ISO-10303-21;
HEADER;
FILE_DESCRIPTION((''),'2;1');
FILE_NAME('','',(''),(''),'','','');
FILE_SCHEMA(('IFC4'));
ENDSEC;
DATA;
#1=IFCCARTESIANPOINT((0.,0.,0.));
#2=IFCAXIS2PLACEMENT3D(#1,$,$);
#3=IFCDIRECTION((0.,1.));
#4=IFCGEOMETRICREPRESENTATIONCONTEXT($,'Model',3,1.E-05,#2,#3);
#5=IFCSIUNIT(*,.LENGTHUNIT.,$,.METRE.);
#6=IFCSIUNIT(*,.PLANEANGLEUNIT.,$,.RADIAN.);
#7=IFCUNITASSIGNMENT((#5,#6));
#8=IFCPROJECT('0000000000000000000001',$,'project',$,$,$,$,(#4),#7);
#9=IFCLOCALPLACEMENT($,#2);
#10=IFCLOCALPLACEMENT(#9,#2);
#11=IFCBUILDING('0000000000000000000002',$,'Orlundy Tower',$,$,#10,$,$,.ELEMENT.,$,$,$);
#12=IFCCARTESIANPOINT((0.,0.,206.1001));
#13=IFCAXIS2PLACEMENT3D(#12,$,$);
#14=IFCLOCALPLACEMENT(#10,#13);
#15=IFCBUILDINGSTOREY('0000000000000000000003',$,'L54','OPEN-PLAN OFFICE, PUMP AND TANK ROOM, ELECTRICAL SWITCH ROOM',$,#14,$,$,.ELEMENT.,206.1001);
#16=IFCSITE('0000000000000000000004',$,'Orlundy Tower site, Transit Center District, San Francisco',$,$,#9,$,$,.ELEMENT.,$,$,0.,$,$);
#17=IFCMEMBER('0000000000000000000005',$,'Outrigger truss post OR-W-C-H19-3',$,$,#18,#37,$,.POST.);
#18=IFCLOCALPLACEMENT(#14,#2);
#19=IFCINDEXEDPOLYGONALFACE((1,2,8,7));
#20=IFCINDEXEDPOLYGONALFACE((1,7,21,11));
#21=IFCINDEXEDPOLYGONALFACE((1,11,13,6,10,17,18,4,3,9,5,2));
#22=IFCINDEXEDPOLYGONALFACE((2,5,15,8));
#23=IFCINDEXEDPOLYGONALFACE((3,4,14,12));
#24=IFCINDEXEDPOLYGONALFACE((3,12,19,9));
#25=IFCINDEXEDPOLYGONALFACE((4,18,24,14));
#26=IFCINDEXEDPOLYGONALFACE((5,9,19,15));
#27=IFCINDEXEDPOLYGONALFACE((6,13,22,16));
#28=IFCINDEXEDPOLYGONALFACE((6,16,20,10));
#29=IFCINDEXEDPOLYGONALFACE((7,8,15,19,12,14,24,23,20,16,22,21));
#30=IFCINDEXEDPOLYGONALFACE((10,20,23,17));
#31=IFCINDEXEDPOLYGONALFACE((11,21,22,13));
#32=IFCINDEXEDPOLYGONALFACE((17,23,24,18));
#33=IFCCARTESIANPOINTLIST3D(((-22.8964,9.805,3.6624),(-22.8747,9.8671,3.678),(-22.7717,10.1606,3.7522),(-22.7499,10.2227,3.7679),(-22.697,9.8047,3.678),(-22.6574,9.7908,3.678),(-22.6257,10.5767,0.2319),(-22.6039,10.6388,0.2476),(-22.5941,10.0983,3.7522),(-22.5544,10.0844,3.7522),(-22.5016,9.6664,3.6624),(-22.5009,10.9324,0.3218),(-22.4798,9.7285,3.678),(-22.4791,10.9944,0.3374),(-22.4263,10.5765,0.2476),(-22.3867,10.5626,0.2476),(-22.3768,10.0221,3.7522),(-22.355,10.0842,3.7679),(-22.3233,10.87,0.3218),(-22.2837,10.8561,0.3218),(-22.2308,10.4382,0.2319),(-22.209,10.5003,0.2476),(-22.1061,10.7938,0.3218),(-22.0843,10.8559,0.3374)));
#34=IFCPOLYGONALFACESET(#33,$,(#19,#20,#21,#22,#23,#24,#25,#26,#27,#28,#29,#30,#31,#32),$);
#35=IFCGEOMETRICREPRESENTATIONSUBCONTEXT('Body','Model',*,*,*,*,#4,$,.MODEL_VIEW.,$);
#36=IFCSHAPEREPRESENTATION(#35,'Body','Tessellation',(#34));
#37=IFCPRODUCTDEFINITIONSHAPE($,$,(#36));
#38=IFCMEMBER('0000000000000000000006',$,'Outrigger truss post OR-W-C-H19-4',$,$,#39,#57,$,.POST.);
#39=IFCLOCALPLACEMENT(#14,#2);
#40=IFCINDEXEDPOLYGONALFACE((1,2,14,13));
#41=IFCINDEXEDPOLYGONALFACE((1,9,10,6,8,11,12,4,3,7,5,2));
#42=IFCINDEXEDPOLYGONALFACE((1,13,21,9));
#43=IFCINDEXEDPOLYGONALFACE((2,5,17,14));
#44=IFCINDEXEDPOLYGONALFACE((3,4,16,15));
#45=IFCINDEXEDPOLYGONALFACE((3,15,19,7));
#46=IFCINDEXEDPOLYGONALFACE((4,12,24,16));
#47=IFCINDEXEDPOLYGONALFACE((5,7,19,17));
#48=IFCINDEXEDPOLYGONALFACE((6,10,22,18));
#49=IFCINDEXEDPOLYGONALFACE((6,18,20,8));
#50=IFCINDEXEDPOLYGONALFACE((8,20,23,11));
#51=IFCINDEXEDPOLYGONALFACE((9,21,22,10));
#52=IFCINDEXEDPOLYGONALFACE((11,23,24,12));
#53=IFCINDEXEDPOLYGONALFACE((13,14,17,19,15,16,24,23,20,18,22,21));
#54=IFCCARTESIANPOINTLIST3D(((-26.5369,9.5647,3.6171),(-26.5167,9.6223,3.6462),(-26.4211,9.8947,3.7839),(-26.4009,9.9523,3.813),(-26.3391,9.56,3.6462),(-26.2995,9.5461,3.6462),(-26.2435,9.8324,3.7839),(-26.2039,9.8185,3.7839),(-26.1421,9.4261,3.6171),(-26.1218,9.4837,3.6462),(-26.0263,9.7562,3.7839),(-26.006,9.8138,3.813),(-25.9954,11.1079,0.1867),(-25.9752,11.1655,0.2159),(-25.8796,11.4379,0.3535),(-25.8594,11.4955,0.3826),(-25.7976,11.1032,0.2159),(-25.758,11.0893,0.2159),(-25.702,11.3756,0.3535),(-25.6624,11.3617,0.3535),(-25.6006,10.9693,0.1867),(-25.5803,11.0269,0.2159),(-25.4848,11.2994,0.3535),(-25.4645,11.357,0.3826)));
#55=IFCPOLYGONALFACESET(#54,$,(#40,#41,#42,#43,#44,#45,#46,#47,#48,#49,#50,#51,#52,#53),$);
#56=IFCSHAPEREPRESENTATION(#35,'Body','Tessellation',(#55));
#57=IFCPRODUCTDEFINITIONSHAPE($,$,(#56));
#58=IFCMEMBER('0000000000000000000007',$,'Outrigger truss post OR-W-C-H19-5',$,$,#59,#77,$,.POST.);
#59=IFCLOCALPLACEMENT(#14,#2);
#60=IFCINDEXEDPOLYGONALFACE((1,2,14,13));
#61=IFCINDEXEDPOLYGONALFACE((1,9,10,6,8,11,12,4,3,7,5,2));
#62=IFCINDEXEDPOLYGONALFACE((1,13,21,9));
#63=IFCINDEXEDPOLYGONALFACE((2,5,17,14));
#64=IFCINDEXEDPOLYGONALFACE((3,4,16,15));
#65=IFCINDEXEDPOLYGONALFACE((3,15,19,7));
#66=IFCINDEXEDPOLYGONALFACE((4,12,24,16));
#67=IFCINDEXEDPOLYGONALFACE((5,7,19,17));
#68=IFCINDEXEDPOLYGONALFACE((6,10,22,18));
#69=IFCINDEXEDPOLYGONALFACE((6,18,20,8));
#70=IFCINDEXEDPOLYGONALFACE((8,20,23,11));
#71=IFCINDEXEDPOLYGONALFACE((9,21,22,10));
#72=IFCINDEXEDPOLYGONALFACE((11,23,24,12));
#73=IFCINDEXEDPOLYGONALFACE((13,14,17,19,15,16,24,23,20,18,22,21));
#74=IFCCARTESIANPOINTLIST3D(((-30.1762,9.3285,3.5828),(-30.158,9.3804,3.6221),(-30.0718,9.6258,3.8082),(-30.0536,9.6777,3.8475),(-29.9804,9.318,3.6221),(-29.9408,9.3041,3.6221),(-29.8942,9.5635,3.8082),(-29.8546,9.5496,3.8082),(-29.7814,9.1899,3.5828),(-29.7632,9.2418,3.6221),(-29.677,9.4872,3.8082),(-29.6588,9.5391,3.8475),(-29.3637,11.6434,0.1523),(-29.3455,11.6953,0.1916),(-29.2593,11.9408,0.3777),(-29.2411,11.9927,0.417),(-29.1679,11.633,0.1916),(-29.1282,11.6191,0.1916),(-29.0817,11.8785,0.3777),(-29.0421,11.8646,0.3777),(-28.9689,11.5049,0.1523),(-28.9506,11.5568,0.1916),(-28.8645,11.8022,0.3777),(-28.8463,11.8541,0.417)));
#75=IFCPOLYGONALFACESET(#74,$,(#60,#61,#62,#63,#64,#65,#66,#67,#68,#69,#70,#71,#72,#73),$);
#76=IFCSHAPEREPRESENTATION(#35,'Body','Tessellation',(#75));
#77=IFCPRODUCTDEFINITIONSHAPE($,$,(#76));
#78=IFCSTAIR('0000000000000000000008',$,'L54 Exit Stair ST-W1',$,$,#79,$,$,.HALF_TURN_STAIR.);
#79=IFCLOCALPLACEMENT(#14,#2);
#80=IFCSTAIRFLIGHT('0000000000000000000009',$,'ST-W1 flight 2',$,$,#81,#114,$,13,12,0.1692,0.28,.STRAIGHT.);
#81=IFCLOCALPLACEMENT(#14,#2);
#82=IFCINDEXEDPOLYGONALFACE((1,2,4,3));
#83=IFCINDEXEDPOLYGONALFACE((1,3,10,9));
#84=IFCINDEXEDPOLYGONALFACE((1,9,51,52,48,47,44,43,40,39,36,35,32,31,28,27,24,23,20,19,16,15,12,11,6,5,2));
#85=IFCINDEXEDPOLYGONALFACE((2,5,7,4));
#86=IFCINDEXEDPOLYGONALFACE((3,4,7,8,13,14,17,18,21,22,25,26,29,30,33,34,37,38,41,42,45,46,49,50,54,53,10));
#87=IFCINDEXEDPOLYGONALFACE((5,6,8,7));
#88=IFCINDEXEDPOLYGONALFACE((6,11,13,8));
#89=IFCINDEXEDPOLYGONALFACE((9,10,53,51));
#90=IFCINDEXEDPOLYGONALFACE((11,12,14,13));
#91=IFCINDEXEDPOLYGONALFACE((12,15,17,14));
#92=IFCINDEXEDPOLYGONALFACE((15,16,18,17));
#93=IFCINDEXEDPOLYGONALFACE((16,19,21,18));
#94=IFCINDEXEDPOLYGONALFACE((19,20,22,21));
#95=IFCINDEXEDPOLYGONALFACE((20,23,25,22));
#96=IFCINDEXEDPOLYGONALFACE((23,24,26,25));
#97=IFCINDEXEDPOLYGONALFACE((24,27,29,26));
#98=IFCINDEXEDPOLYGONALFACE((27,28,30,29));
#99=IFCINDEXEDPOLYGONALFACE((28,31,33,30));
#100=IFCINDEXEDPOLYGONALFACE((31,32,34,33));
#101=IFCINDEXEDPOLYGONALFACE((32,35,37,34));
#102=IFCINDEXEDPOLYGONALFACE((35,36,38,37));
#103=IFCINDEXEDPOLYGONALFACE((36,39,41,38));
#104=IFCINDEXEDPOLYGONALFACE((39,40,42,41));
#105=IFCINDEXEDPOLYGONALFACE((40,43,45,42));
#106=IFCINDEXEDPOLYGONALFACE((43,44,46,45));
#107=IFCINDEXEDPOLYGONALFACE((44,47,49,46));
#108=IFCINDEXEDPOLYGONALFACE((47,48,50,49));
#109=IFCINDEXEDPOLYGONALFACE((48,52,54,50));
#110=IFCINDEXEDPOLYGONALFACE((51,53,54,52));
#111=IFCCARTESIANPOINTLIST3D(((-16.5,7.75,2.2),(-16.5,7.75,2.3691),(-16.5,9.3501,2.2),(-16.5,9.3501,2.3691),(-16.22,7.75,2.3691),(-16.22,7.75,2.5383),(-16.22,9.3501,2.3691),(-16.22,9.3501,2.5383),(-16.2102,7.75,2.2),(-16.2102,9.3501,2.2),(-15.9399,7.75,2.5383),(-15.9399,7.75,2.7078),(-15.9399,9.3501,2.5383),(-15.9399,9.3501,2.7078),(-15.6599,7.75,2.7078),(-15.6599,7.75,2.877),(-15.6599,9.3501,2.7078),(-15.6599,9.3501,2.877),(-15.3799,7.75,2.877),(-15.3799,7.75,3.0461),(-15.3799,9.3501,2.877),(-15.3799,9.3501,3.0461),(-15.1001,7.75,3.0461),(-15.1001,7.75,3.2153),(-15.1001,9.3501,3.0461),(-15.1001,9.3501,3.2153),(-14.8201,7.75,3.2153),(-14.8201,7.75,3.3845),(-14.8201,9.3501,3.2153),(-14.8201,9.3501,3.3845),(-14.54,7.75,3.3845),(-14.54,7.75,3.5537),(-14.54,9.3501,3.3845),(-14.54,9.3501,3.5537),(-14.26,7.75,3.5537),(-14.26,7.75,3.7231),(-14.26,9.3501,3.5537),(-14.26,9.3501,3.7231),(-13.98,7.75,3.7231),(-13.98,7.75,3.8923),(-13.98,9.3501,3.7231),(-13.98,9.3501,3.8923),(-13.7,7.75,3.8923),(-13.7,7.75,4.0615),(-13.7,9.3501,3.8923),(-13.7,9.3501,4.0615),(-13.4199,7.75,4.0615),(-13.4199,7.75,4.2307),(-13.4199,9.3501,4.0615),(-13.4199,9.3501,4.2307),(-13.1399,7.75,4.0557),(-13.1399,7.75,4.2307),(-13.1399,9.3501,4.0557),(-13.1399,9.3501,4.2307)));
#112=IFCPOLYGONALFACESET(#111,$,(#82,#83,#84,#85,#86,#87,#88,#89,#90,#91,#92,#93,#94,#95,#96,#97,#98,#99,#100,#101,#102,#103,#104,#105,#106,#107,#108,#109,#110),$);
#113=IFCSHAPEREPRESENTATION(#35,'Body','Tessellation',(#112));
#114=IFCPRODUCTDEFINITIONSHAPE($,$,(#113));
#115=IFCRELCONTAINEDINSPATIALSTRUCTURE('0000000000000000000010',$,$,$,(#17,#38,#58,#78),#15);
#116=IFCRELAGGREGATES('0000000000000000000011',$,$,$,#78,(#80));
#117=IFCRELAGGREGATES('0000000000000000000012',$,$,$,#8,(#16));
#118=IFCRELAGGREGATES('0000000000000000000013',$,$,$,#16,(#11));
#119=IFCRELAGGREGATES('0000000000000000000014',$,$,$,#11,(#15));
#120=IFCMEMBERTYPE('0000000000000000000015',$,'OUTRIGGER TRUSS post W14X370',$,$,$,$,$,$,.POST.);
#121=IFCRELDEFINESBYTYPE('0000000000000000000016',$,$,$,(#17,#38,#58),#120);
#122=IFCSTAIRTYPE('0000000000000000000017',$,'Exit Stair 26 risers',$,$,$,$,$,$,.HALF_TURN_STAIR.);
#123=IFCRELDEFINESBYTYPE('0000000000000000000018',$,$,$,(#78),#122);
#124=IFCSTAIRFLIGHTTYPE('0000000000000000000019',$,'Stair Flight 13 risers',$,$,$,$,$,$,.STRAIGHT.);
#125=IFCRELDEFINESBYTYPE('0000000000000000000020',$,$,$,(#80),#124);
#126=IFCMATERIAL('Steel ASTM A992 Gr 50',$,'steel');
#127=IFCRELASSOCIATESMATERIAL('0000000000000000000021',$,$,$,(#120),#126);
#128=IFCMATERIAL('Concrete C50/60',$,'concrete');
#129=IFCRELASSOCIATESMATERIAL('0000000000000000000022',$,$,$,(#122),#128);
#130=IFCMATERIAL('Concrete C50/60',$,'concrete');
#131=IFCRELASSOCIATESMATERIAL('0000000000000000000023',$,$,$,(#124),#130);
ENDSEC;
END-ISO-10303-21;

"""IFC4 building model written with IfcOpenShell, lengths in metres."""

from ifc_helpers import new_model, si_unit, direction, frame, origin, origin_2d, place, context, subcontext, project, spatial, polyline, i_section, outline, extrude, material, material_profile, profile_set, type_object, element, aggregate, save


model = new_model("IFC4")

# Units and contexts
model_context = context("Model", 3, precision=1e-05, world=origin(), true_north=direction((0.0, 1.0)))
body_context = subcontext(model_context, "Body", "Model", "MODEL_VIEW")
ifc_project = project(units=[si_unit("LENGTHUNIT", "METRE"), si_unit("PLANEANGLEUNIT", "RADIAN")], contexts=[model_context])

# Site, building, storey
site_placement = place(None, origin())
site = spatial("IfcSite", under=ifc_project, at=site_placement, Name="Orlundy Tower site, Transit Center District, San Francisco", CompositionType="ELEMENT", RefElevation=0.0)
building_placement = place(site_placement, origin())
building = spatial("IfcBuilding", under=site, at=building_placement, Name="Orlundy Tower", CompositionType="ELEMENT")
storey_placement = place(building_placement, frame((0.0, 0.0, 206.1001)))
storey = spatial("IfcBuildingStorey", under=building, at=storey_placement, Name="L54", Description="OPEN-PLAN OFFICE, PUMP AND TANK ROOM, ELECTRICAL SWITCH ROOM", CompositionType="ELEMENT", Elevation=206.1001)

# Members
ifc_material_1 = material(Name="Steel ASTM A992 Gr 50", Category="steel")
ifc_material_profile_1 = material_profile(ifc_material_1, i_section(OverallWidth=0.4185, OverallDepth=0.4551, WebThickness=0.042, FlangeThickness=0.0676, at=origin_2d()), Name="W14X370")
ifc_profile_set_1 = profile_set([ifc_material_profile_1], Name="Steel ASTM A992 Gr 50")
member_type_1 = type_object("IfcMemberType", Name="OUTRIGGER TRUSS post W14X370", PredefinedType="POST", material=ifc_profile_set_1)
member_1_placement = place(storey_placement, frame((-22.355, 10.7163, 0.2847), z_axis=(-0.076775, -0.218833, 0.972737), x_axis=(0.943611, -0.331055, 0.0)))
element("IfcMember", 1, at=member_1_placement, inside=storey, type_object=member_type_1, Name="Outrigger truss post OR-W-C-H19-3", PredefinedType="POST", context=body_context, shape_type="SweptSolid", body=[
    extrude(i_section(OverallWidth=0.4185, OverallDepth=0.4551, WebThickness=0.042, FlangeThickness=0.0676, at=origin_2d()), origin(), (0.0, 0.0, 1.0), 3.5266),
])
member_2_placement = place(storey_placement, frame((-25.73, 11.2324, 0.2847), z_axis=(-0.142489, -0.406073, 0.902664), x_axis=(0.943595, -0.331102, 0.0)))
element("IfcMember", 2, at=member_2_placement, inside=storey, type_object=member_type_1, Name="Outrigger truss post OR-W-C-H19-4", PredefinedType="POST", context=body_context, shape_type="SweptSolid", body=[
    extrude(i_section(OverallWidth=0.4185, OverallDepth=0.4551, WebThickness=0.042, FlangeThickness=0.0676, at=origin_2d()), origin(), (0.0, 0.0, 1.0), 3.8003),
])
member_3_placement = place(storey_placement, frame((-29.105, 11.7488, 0.2847), z_axis=(-0.192652, -0.548896, 0.813387), x_axis=(0.943569, -0.331175, 0.0)))
element("IfcMember", 3, at=member_3_placement, inside=storey, type_object=member_type_1, Name="Outrigger truss post OR-W-C-H19-5", PredefinedType="POST", context=body_context, shape_type="SweptSolid", body=[
    extrude(i_section(OverallWidth=0.4185, OverallDepth=0.4551, WebThickness=0.042, FlangeThickness=0.0676, at=origin_2d()), origin(), (0.0, 0.0, 1.0), 4.2175),
])

# Stair, stair flight
ifc_material_2 = material(Name="Concrete C50/60", Category="concrete")
stair_type = type_object("IfcStairType", Name="Exit Stair 26 risers", PredefinedType="HALF_TURN_STAIR", material=ifc_material_2)
stair_placement = place(storey_placement, origin())
stair = element("IfcStair", 4, at=stair_placement, inside=storey, type_object=stair_type, Name="L54 Exit Stair ST-W1", PredefinedType="HALF_TURN_STAIR")
ifc_material_3 = material(Name="Concrete C50/60", Category="concrete")
stair_flight_type = type_object("IfcStairFlightType", Name="Stair Flight 13 risers", PredefinedType="STRAIGHT", material=ifc_material_3)
stair_flight_placement = place(storey_placement, frame((-16.5, 8.55, 2.2), z_axis=(0.0, 0.0, 1.0), x_axis=(1.0, 0.0, 0.0)))
stair_flight = element("IfcStairFlight", 5, at=stair_flight_placement, type_object=stair_flight_type, Name="ST-W1 flight 2", NumberOfRisers=13, NumberOfTreads=12, PredefinedType="STRAIGHT", RiserHeight=0.1692, TreadLength=0.28, context=body_context, shape_type="SweptSolid", body=[
    extrude(outline(polyline([(0.0, 0.0), (0.0, 0.1692), (0.28, 0.1692), (0.28, 0.3384), (0.5601, 0.3384), (0.5601, 0.5078), (0.8401, 0.5078), (0.8401, 0.677), (1.1201, 0.677), (1.1201, 0.8462), (1.3999, 0.8462), (1.3999, 1.0154), (1.6799, 1.0154), (1.6799, 1.1846), (1.96, 1.1846), (1.96, 1.3538), (2.24, 1.3538), (2.24, 1.5232), (2.52, 1.5232), (2.52, 1.6924), (2.8, 1.6924), (2.8, 1.8616), (3.0801, 1.8616), (3.0801, 2.0308), (3.3601, 2.0308), (3.3601, 2.2), (3.3601, 1.8557), (0.2898, 0.0), (0.0, 0.0)])), frame((0.0, 0.8, 0.0), z_axis=(0.0, -1.0, 0.0), x_axis=(1.0, 0.0, 0.0)), (0.0, 0.0, 1.0), 1.6001),
])
aggregate(stair, [stair_flight])

save(model, "model.ifc")
